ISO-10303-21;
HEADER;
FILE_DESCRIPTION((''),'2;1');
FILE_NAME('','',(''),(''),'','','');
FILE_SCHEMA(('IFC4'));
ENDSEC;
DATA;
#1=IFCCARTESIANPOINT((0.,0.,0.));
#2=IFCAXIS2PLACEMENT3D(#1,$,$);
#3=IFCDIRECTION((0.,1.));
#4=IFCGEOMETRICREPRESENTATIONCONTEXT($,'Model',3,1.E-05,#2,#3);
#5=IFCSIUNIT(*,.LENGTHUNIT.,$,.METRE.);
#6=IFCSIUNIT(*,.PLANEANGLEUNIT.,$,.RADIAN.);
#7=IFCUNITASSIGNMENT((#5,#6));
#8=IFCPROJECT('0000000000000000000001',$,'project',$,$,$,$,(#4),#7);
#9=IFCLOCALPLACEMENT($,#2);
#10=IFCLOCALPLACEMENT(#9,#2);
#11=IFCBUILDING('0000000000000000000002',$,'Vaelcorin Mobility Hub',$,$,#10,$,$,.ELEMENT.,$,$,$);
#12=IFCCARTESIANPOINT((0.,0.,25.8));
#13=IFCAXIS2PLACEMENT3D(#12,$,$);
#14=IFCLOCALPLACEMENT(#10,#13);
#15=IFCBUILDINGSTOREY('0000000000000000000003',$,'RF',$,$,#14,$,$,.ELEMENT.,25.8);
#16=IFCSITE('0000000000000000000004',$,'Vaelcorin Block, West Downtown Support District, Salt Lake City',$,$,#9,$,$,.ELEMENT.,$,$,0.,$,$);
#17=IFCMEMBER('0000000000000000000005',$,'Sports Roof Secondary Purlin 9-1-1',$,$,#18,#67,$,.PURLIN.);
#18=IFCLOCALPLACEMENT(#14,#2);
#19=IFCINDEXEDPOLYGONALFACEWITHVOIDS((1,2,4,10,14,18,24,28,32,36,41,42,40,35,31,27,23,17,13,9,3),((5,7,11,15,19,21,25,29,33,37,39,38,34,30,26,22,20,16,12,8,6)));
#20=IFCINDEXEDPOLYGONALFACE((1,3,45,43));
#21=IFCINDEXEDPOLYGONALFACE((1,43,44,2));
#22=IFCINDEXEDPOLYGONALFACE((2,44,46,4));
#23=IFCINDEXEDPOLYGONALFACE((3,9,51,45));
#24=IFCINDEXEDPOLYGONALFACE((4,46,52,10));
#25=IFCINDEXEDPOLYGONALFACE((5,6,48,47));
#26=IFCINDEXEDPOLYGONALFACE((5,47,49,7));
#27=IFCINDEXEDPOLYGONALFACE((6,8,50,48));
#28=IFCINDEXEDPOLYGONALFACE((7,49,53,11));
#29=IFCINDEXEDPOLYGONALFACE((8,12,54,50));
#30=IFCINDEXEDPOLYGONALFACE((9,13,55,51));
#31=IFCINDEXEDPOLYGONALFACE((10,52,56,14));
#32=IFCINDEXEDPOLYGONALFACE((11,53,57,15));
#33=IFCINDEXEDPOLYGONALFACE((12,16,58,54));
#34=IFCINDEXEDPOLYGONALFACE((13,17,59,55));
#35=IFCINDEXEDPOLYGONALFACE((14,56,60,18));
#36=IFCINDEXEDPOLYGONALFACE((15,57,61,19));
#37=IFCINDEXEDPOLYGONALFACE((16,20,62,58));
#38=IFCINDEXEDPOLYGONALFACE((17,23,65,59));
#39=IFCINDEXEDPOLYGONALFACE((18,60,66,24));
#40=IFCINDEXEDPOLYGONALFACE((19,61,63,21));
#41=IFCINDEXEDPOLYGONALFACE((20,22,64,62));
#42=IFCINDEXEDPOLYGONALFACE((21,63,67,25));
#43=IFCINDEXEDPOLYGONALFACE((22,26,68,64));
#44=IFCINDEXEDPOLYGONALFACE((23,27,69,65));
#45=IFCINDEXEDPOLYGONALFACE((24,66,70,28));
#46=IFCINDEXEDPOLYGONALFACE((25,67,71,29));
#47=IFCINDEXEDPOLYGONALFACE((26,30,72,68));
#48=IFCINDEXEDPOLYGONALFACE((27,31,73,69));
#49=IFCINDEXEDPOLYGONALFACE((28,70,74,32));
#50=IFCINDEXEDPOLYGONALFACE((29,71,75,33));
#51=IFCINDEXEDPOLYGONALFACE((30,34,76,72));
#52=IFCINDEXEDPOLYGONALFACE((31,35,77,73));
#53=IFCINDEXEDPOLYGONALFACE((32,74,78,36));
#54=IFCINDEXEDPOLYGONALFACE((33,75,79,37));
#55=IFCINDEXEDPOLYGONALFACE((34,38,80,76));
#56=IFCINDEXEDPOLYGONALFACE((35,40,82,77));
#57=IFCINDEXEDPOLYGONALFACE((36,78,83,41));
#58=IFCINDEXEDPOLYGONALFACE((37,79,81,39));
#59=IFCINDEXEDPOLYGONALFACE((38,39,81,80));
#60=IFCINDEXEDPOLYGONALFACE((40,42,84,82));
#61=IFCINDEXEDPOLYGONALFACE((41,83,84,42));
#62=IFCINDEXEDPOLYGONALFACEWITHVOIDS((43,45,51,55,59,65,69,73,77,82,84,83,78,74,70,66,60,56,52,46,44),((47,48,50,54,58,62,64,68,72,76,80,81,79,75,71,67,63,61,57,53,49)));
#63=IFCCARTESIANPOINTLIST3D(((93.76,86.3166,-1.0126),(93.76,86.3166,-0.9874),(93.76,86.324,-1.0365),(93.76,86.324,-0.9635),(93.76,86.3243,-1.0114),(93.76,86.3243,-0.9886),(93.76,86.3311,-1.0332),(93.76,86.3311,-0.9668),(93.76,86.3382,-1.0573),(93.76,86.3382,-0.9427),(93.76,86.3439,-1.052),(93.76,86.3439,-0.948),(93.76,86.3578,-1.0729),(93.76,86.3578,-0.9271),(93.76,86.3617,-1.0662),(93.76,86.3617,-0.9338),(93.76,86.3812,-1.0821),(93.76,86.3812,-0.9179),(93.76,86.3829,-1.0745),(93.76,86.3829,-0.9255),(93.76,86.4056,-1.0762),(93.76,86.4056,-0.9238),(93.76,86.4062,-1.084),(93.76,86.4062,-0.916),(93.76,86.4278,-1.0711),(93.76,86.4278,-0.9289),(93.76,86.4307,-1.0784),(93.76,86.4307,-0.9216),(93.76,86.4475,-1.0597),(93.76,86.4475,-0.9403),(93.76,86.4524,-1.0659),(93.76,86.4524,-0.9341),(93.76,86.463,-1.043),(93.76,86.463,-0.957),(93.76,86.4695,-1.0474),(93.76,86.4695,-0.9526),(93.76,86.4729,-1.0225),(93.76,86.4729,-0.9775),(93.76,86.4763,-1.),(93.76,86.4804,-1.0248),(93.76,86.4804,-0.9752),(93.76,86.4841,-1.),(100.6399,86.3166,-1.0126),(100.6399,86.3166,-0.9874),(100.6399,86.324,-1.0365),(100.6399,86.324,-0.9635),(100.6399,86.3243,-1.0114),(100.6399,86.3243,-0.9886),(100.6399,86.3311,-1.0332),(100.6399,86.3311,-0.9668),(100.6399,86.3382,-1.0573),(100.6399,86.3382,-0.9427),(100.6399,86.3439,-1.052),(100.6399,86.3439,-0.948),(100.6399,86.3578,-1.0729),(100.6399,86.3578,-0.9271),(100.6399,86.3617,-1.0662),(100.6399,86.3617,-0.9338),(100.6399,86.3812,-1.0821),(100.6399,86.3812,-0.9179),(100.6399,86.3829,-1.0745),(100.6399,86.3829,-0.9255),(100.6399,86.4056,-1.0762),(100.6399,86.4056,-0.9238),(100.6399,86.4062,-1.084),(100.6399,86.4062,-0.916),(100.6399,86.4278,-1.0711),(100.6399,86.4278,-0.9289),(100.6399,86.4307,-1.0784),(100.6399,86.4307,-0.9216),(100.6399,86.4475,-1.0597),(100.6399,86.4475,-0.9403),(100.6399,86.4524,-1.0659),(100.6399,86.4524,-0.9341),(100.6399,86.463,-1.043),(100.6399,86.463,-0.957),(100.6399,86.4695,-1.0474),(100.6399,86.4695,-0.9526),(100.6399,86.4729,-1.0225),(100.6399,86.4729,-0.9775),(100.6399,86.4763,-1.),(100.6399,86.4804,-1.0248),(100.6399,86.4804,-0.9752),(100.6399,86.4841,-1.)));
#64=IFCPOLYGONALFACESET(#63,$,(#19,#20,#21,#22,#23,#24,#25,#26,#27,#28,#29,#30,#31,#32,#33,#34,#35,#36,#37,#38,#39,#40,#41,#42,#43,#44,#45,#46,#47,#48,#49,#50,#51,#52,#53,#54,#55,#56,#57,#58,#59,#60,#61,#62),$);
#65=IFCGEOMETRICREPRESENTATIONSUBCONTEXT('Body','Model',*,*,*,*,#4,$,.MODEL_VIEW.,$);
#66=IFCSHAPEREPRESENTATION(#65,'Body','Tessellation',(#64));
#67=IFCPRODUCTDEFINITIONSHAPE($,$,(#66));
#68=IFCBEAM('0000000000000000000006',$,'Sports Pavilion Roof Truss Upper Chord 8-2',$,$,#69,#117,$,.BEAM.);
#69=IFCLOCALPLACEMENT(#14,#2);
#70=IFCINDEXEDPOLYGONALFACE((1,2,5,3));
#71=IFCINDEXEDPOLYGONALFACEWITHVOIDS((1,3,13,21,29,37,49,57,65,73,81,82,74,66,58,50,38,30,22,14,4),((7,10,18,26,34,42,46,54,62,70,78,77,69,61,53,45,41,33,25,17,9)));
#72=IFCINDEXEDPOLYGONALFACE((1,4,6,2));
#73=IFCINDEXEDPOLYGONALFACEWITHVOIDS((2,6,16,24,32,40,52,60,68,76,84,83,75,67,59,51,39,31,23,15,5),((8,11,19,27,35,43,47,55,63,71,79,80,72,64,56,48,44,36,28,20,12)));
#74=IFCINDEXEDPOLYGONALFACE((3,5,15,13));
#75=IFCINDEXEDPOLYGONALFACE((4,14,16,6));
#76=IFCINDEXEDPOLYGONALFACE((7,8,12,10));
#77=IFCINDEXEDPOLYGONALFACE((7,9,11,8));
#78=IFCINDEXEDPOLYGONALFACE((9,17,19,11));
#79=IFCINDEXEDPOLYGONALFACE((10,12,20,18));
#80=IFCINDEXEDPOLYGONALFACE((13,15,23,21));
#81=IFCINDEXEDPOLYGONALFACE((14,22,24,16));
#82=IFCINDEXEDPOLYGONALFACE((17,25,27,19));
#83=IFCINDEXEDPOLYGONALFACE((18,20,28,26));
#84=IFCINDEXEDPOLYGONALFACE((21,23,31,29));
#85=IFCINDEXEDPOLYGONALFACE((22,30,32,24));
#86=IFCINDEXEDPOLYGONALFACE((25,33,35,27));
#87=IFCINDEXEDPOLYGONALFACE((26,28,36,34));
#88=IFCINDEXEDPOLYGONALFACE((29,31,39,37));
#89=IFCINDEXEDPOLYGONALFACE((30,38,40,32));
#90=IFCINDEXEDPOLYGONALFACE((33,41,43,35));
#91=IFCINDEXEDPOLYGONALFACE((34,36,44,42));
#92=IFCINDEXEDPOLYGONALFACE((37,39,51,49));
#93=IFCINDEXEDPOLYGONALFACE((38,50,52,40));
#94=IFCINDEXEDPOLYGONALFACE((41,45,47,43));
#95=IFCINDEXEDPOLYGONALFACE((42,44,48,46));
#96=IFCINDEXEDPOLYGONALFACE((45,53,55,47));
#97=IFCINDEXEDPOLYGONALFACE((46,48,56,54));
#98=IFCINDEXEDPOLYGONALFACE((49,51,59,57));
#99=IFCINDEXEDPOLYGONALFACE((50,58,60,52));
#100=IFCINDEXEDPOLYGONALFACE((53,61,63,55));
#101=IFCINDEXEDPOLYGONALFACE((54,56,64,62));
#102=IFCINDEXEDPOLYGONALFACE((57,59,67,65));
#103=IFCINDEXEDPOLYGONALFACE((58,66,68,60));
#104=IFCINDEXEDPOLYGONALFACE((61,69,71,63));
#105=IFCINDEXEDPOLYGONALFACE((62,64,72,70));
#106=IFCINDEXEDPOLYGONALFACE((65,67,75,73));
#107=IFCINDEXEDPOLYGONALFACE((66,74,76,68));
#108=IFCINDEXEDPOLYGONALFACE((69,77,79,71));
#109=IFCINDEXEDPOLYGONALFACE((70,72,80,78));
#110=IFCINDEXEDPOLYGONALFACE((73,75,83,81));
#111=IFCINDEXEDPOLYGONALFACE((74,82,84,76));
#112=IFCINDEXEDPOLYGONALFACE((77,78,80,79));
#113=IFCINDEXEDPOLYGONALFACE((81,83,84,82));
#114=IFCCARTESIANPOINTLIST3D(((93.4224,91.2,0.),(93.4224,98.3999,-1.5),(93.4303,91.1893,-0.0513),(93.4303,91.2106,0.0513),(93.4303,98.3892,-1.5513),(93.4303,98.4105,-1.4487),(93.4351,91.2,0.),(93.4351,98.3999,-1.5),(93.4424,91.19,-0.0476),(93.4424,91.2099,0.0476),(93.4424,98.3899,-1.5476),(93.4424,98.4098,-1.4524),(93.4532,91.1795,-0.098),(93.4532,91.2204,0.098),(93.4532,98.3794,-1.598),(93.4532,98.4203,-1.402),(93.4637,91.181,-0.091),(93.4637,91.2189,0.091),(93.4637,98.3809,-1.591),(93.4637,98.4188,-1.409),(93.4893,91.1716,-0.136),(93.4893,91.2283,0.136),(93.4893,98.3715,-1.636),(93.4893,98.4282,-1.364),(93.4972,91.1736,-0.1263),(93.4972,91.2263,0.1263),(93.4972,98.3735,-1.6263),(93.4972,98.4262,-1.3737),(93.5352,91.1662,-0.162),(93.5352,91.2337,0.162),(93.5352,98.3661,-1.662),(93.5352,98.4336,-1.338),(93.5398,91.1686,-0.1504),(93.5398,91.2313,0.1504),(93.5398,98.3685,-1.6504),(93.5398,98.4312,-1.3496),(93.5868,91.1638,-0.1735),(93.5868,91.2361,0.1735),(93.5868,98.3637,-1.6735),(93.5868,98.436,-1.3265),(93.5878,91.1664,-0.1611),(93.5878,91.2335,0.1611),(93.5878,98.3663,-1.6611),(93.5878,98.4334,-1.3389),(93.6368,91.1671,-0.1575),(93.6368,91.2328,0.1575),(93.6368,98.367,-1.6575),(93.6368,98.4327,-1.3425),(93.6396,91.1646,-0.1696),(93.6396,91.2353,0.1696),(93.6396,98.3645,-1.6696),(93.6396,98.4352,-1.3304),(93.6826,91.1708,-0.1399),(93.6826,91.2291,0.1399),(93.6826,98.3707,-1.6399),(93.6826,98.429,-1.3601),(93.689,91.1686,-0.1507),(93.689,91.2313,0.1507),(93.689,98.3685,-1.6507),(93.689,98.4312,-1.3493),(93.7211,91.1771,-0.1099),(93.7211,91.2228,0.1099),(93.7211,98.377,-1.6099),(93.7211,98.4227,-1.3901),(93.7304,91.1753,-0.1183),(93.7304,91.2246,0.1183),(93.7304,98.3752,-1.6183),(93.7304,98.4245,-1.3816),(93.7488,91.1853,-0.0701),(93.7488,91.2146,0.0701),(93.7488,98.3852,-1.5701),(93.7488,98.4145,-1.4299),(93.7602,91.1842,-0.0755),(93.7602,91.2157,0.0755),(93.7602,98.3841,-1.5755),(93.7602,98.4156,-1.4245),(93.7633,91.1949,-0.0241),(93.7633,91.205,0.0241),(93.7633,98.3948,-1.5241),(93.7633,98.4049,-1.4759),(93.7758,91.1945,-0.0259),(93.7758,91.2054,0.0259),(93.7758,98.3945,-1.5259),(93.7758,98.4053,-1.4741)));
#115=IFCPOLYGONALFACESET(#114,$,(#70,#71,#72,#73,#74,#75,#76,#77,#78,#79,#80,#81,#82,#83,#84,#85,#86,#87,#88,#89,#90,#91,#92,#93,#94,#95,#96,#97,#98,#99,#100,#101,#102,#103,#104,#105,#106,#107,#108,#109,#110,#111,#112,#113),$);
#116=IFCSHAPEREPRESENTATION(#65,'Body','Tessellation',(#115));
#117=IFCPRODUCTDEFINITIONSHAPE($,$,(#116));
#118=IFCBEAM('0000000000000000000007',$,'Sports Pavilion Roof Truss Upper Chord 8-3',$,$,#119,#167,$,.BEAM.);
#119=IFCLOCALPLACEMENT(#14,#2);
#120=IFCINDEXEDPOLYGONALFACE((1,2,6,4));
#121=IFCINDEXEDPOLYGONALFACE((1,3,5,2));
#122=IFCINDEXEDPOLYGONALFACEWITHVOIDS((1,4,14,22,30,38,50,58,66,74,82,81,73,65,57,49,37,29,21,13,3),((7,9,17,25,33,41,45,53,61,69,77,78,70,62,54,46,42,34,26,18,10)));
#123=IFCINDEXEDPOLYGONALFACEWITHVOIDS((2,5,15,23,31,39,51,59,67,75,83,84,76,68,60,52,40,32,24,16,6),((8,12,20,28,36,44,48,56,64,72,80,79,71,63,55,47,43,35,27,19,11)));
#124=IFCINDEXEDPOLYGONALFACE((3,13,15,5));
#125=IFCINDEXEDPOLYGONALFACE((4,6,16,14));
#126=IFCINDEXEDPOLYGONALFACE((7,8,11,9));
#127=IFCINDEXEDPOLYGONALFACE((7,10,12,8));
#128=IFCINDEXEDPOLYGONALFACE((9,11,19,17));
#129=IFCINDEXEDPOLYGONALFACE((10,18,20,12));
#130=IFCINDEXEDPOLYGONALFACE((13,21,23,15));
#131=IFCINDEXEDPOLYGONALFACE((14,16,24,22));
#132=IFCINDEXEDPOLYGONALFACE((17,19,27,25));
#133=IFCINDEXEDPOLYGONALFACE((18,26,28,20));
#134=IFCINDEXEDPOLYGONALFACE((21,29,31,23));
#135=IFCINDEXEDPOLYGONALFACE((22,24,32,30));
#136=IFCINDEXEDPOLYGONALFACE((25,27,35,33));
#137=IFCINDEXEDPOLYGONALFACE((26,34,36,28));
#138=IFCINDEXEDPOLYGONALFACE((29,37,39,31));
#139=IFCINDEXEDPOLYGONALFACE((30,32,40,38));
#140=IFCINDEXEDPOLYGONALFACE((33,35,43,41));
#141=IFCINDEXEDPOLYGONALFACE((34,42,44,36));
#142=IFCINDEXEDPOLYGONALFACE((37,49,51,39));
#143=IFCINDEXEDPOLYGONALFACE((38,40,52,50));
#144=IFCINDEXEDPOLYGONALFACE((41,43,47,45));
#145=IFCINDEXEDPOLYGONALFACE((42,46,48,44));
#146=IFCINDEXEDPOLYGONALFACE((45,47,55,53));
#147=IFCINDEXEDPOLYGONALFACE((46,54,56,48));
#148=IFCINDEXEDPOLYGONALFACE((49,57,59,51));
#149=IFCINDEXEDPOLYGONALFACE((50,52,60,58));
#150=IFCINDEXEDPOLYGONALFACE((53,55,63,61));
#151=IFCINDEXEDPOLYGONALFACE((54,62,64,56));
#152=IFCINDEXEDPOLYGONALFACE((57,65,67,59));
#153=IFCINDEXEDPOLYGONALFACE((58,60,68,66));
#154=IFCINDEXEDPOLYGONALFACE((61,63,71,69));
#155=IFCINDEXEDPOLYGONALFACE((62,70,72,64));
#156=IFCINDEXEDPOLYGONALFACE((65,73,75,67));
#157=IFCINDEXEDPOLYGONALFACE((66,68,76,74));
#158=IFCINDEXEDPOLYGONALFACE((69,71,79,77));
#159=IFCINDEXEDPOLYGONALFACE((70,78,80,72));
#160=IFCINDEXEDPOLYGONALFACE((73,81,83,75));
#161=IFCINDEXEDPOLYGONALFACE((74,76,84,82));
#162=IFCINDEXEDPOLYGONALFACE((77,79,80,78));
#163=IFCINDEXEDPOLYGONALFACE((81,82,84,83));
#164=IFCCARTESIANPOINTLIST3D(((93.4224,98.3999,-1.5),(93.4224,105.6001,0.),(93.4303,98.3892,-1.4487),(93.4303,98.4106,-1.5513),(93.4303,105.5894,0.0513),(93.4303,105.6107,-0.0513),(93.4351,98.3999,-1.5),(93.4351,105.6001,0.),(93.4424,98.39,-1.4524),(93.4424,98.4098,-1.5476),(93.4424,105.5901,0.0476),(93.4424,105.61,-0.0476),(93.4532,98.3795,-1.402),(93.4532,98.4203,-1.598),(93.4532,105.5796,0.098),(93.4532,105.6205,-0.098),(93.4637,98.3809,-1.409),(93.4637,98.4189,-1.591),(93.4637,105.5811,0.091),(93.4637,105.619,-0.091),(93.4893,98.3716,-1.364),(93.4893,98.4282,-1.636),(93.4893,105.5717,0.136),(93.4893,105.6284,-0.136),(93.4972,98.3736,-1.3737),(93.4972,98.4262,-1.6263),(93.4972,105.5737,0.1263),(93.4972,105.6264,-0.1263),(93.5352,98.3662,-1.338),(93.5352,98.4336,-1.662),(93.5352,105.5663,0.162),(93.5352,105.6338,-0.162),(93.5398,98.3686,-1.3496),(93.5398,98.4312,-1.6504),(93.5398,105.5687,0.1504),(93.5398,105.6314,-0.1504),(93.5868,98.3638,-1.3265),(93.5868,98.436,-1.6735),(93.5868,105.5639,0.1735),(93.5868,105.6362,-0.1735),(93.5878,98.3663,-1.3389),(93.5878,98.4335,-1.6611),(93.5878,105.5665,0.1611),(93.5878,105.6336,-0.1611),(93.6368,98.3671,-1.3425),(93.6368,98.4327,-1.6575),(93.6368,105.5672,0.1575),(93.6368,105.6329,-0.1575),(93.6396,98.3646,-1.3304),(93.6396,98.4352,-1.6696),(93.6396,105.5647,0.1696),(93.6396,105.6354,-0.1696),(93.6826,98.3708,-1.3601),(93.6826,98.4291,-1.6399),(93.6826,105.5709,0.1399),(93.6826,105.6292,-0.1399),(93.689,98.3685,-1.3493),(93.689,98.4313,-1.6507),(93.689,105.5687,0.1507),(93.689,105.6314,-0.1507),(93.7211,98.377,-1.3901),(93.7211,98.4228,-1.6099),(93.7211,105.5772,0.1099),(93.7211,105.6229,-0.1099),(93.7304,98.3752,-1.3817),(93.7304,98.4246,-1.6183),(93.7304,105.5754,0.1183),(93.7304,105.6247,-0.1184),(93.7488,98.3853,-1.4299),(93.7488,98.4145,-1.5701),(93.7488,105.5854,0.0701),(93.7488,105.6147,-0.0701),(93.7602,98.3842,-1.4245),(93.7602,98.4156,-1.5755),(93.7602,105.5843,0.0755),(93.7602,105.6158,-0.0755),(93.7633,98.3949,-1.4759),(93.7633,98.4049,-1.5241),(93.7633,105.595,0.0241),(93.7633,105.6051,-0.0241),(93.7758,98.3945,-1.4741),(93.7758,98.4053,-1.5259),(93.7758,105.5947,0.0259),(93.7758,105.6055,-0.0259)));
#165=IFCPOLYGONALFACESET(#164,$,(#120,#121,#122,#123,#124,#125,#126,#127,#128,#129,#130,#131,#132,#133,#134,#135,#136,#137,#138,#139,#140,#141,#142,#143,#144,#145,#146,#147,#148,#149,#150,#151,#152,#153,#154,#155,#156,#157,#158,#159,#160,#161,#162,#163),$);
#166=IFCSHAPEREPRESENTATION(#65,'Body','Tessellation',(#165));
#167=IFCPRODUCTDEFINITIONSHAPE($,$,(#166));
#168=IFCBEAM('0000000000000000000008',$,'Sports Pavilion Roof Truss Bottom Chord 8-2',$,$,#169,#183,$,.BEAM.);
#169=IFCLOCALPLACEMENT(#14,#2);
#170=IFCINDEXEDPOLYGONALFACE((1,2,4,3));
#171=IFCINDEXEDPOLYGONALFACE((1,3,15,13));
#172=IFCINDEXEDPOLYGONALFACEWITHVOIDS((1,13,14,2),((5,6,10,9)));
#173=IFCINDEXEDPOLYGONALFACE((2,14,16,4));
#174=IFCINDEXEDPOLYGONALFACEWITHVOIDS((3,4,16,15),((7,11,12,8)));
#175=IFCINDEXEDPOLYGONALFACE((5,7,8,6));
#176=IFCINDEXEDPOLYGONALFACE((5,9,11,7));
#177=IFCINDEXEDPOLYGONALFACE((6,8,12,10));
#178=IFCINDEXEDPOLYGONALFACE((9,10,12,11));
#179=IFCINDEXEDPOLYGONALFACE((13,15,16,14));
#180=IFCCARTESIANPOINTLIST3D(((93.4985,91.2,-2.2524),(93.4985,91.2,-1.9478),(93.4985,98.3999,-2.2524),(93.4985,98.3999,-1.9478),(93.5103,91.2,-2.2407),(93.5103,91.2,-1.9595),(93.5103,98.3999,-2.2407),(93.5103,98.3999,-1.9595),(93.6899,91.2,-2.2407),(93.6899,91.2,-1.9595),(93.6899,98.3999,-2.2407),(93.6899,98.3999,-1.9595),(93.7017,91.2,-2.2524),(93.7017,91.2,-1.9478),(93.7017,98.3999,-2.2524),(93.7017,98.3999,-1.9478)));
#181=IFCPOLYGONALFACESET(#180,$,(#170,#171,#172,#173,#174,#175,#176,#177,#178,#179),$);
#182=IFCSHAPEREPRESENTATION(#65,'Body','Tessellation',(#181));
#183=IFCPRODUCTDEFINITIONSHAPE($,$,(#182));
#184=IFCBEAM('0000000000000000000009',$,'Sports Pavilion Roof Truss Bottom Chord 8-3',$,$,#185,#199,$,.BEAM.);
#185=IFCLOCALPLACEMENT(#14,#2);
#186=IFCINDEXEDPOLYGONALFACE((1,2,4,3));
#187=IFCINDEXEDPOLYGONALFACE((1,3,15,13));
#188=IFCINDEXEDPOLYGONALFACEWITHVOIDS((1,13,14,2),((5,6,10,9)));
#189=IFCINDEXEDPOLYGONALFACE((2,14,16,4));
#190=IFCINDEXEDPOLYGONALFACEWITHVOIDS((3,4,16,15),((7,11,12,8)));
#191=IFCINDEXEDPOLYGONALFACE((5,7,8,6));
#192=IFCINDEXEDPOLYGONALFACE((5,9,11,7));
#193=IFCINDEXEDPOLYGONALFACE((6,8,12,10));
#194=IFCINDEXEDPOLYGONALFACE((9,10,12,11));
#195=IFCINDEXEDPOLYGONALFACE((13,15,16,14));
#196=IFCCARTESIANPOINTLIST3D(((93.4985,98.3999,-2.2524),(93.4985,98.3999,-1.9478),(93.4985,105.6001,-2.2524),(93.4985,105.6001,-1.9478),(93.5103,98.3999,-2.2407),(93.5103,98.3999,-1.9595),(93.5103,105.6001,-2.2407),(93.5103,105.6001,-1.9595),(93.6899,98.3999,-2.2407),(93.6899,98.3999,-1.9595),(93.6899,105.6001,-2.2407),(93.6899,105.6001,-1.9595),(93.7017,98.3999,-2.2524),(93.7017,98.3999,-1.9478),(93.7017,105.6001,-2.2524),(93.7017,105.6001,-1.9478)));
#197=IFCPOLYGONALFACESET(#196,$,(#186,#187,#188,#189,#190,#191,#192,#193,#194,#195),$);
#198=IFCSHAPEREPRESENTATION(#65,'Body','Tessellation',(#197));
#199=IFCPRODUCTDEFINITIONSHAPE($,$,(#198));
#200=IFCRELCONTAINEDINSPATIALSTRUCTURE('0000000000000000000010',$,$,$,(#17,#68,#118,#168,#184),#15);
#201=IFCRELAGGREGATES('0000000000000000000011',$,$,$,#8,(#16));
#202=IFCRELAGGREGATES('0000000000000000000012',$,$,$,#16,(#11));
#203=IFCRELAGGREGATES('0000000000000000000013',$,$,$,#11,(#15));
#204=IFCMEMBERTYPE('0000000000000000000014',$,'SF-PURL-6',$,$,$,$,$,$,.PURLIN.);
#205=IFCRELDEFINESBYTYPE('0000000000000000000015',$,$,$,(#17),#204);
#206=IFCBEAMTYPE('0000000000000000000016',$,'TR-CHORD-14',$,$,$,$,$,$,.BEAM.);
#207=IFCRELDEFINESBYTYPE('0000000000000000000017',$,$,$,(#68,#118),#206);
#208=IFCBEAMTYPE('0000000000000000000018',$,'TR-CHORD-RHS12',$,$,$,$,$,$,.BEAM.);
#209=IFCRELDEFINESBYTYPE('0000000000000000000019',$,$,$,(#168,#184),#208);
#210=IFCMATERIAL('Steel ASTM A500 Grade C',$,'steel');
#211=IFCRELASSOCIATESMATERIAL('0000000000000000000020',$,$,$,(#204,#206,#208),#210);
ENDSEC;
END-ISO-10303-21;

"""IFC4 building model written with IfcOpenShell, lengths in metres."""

from ifc_helpers import new_model, si_unit, direction, frame, origin, origin_2d, place, context, subcontext, project, spatial, hollow_rectangle, hollow_circle, extrude, material, material_profile, profile_set, type_object, element, save


model = new_model("IFC4")

# Units and contexts
model_context = context("Model", 3, precision=1e-05, world=origin(), true_north=direction((0.0, 1.0)))
body_context = subcontext(model_context, "Body", "Model", "MODEL_VIEW")
ifc_project = project(units=[si_unit("LENGTHUNIT", "METRE"), si_unit("PLANEANGLEUNIT", "RADIAN")], contexts=[model_context])

# Site, building, storey
site_placement = place(None, origin())
site = spatial("IfcSite", under=ifc_project, at=site_placement, Name="Vaelcorin Block, West Downtown Support District, Salt Lake City", CompositionType="ELEMENT", RefElevation=0.0)
building_placement = place(site_placement, origin())
building = spatial("IfcBuilding", under=site, at=building_placement, Name="Vaelcorin Mobility Hub", CompositionType="ELEMENT")
storey_placement = place(building_placement, frame((0.0, 0.0, 25.8)))
storey = spatial("IfcBuildingStorey", under=building, at=storey_placement, Name="RF", CompositionType="ELEMENT", Elevation=25.8)

# Member
ifc_material_1 = material(Name="Steel ASTM A500 Grade C", Category="steel")
ifc_material_profile_1 = material_profile(ifc_material_1, hollow_circle(Radius=0.0842, WallThickness=0.0078, at=origin_2d()), Name="HSS6.625X0.312")
ifc_profile_set_1 = profile_set([ifc_material_profile_1], Name="Steel ASTM A500 Grade C")
member_type_1 = type_object("IfcMemberType", Name="SF-PURL-6", PredefinedType="PURLIN", material=ifc_profile_set_1)
member_1_placement = place(storey_placement, frame((93.76, 86.3999, -1.0), z_axis=(1.0, 0.0, 0.0), x_axis=(0.0, 1.0, 0.0)))
element("IfcMember", 1, at=member_1_placement, inside=storey, type_object=member_type_1, Name="Sports Roof Secondary Purlin 9-1-1", PredefinedType="PURLIN", context=body_context, shape_type="SweptSolid", body=[
    extrude(hollow_circle(Radius=0.0842, WallThickness=0.0078, at=origin_2d()), origin(), (0.0, 0.0, 1.0), 6.8799),
])

# Beams
ifc_material_profile_2 = material_profile(ifc_material_1, hollow_circle(Radius=0.1777, WallThickness=0.0127, at=origin_2d()), Name="HSS14.000X0.500")
ifc_profile_set_2 = profile_set([ifc_material_profile_2], Name="Steel ASTM A500 Grade C")
beam_type_1 = type_object("IfcBeamType", Name="TR-CHORD-14", PredefinedType="BEAM", material=ifc_profile_set_2)
beam_1_placement = place(storey_placement, frame((93.6001, 91.2, 0.0), z_axis=(0.0, 0.97898, -0.203956), x_axis=(-1.0, 0.0, 0.0)))
element("IfcBeam", 2, at=beam_1_placement, inside=storey, type_object=beam_type_1, Name="Sports Pavilion Roof Truss Upper Chord 8-2", PredefinedType="BEAM", context=body_context, shape_type="SweptSolid", body=[
    extrude(hollow_circle(Radius=0.1777, WallThickness=0.0127, at=origin_2d()), origin(), (0.0, 0.0, 1.0), 7.3545),
])
beam_2_placement = place(storey_placement, frame((93.6001, 98.3999, -1.5), z_axis=(0.0, 0.978982, 0.203949), x_axis=(-1.0, 0.0, 0.0)))
element("IfcBeam", 3, at=beam_2_placement, inside=storey, type_object=beam_type_1, Name="Sports Pavilion Roof Truss Upper Chord 8-3", PredefinedType="BEAM", context=body_context, shape_type="SweptSolid", body=[
    extrude(hollow_circle(Radius=0.1777, WallThickness=0.0127, at=origin_2d()), origin(), (0.0, 0.0, 1.0), 7.3547),
])
ifc_material_profile_3 = material_profile(ifc_material_1, hollow_rectangle(XDim=0.2031, YDim=0.3047, WallThickness=0.0117, at=origin_2d()), Name="HSS12X8X0.500")
ifc_profile_set_3 = profile_set([ifc_material_profile_3], Name="Steel ASTM A500 Grade C")
beam_type_2 = type_object("IfcBeamType", Name="TR-CHORD-RHS12", PredefinedType="BEAM", material=ifc_profile_set_3)
beam_3_placement = place(storey_placement, frame((93.6001, 91.2, -2.1001), z_axis=(0.0, 1.0, 0.0), x_axis=(-1.0, 0.0, 0.0)))
element("IfcBeam", 4, at=beam_3_placement, inside=storey, type_object=beam_type_2, Name="Sports Pavilion Roof Truss Bottom Chord 8-2", PredefinedType="BEAM", context=body_context, shape_type="SweptSolid", body=[
    extrude(hollow_rectangle(XDim=0.2031, YDim=0.3047, WallThickness=0.0117, at=origin_2d()), origin(), (0.0, 0.0, 1.0), 7.2),
])
beam_4_placement = place(storey_placement, frame((93.6001, 98.3999, -2.1001), z_axis=(0.0, 1.0, 0.0), x_axis=(-1.0, 0.0, 0.0)))
element("IfcBeam", 5, at=beam_4_placement, inside=storey, type_object=beam_type_2, Name="Sports Pavilion Roof Truss Bottom Chord 8-3", PredefinedType="BEAM", context=body_context, shape_type="SweptSolid", body=[
    extrude(hollow_rectangle(XDim=0.2031, YDim=0.3047, WallThickness=0.0117, at=origin_2d()), origin(), (0.0, 0.0, 1.0), 7.2002),
])

save(model, "model.ifc")
